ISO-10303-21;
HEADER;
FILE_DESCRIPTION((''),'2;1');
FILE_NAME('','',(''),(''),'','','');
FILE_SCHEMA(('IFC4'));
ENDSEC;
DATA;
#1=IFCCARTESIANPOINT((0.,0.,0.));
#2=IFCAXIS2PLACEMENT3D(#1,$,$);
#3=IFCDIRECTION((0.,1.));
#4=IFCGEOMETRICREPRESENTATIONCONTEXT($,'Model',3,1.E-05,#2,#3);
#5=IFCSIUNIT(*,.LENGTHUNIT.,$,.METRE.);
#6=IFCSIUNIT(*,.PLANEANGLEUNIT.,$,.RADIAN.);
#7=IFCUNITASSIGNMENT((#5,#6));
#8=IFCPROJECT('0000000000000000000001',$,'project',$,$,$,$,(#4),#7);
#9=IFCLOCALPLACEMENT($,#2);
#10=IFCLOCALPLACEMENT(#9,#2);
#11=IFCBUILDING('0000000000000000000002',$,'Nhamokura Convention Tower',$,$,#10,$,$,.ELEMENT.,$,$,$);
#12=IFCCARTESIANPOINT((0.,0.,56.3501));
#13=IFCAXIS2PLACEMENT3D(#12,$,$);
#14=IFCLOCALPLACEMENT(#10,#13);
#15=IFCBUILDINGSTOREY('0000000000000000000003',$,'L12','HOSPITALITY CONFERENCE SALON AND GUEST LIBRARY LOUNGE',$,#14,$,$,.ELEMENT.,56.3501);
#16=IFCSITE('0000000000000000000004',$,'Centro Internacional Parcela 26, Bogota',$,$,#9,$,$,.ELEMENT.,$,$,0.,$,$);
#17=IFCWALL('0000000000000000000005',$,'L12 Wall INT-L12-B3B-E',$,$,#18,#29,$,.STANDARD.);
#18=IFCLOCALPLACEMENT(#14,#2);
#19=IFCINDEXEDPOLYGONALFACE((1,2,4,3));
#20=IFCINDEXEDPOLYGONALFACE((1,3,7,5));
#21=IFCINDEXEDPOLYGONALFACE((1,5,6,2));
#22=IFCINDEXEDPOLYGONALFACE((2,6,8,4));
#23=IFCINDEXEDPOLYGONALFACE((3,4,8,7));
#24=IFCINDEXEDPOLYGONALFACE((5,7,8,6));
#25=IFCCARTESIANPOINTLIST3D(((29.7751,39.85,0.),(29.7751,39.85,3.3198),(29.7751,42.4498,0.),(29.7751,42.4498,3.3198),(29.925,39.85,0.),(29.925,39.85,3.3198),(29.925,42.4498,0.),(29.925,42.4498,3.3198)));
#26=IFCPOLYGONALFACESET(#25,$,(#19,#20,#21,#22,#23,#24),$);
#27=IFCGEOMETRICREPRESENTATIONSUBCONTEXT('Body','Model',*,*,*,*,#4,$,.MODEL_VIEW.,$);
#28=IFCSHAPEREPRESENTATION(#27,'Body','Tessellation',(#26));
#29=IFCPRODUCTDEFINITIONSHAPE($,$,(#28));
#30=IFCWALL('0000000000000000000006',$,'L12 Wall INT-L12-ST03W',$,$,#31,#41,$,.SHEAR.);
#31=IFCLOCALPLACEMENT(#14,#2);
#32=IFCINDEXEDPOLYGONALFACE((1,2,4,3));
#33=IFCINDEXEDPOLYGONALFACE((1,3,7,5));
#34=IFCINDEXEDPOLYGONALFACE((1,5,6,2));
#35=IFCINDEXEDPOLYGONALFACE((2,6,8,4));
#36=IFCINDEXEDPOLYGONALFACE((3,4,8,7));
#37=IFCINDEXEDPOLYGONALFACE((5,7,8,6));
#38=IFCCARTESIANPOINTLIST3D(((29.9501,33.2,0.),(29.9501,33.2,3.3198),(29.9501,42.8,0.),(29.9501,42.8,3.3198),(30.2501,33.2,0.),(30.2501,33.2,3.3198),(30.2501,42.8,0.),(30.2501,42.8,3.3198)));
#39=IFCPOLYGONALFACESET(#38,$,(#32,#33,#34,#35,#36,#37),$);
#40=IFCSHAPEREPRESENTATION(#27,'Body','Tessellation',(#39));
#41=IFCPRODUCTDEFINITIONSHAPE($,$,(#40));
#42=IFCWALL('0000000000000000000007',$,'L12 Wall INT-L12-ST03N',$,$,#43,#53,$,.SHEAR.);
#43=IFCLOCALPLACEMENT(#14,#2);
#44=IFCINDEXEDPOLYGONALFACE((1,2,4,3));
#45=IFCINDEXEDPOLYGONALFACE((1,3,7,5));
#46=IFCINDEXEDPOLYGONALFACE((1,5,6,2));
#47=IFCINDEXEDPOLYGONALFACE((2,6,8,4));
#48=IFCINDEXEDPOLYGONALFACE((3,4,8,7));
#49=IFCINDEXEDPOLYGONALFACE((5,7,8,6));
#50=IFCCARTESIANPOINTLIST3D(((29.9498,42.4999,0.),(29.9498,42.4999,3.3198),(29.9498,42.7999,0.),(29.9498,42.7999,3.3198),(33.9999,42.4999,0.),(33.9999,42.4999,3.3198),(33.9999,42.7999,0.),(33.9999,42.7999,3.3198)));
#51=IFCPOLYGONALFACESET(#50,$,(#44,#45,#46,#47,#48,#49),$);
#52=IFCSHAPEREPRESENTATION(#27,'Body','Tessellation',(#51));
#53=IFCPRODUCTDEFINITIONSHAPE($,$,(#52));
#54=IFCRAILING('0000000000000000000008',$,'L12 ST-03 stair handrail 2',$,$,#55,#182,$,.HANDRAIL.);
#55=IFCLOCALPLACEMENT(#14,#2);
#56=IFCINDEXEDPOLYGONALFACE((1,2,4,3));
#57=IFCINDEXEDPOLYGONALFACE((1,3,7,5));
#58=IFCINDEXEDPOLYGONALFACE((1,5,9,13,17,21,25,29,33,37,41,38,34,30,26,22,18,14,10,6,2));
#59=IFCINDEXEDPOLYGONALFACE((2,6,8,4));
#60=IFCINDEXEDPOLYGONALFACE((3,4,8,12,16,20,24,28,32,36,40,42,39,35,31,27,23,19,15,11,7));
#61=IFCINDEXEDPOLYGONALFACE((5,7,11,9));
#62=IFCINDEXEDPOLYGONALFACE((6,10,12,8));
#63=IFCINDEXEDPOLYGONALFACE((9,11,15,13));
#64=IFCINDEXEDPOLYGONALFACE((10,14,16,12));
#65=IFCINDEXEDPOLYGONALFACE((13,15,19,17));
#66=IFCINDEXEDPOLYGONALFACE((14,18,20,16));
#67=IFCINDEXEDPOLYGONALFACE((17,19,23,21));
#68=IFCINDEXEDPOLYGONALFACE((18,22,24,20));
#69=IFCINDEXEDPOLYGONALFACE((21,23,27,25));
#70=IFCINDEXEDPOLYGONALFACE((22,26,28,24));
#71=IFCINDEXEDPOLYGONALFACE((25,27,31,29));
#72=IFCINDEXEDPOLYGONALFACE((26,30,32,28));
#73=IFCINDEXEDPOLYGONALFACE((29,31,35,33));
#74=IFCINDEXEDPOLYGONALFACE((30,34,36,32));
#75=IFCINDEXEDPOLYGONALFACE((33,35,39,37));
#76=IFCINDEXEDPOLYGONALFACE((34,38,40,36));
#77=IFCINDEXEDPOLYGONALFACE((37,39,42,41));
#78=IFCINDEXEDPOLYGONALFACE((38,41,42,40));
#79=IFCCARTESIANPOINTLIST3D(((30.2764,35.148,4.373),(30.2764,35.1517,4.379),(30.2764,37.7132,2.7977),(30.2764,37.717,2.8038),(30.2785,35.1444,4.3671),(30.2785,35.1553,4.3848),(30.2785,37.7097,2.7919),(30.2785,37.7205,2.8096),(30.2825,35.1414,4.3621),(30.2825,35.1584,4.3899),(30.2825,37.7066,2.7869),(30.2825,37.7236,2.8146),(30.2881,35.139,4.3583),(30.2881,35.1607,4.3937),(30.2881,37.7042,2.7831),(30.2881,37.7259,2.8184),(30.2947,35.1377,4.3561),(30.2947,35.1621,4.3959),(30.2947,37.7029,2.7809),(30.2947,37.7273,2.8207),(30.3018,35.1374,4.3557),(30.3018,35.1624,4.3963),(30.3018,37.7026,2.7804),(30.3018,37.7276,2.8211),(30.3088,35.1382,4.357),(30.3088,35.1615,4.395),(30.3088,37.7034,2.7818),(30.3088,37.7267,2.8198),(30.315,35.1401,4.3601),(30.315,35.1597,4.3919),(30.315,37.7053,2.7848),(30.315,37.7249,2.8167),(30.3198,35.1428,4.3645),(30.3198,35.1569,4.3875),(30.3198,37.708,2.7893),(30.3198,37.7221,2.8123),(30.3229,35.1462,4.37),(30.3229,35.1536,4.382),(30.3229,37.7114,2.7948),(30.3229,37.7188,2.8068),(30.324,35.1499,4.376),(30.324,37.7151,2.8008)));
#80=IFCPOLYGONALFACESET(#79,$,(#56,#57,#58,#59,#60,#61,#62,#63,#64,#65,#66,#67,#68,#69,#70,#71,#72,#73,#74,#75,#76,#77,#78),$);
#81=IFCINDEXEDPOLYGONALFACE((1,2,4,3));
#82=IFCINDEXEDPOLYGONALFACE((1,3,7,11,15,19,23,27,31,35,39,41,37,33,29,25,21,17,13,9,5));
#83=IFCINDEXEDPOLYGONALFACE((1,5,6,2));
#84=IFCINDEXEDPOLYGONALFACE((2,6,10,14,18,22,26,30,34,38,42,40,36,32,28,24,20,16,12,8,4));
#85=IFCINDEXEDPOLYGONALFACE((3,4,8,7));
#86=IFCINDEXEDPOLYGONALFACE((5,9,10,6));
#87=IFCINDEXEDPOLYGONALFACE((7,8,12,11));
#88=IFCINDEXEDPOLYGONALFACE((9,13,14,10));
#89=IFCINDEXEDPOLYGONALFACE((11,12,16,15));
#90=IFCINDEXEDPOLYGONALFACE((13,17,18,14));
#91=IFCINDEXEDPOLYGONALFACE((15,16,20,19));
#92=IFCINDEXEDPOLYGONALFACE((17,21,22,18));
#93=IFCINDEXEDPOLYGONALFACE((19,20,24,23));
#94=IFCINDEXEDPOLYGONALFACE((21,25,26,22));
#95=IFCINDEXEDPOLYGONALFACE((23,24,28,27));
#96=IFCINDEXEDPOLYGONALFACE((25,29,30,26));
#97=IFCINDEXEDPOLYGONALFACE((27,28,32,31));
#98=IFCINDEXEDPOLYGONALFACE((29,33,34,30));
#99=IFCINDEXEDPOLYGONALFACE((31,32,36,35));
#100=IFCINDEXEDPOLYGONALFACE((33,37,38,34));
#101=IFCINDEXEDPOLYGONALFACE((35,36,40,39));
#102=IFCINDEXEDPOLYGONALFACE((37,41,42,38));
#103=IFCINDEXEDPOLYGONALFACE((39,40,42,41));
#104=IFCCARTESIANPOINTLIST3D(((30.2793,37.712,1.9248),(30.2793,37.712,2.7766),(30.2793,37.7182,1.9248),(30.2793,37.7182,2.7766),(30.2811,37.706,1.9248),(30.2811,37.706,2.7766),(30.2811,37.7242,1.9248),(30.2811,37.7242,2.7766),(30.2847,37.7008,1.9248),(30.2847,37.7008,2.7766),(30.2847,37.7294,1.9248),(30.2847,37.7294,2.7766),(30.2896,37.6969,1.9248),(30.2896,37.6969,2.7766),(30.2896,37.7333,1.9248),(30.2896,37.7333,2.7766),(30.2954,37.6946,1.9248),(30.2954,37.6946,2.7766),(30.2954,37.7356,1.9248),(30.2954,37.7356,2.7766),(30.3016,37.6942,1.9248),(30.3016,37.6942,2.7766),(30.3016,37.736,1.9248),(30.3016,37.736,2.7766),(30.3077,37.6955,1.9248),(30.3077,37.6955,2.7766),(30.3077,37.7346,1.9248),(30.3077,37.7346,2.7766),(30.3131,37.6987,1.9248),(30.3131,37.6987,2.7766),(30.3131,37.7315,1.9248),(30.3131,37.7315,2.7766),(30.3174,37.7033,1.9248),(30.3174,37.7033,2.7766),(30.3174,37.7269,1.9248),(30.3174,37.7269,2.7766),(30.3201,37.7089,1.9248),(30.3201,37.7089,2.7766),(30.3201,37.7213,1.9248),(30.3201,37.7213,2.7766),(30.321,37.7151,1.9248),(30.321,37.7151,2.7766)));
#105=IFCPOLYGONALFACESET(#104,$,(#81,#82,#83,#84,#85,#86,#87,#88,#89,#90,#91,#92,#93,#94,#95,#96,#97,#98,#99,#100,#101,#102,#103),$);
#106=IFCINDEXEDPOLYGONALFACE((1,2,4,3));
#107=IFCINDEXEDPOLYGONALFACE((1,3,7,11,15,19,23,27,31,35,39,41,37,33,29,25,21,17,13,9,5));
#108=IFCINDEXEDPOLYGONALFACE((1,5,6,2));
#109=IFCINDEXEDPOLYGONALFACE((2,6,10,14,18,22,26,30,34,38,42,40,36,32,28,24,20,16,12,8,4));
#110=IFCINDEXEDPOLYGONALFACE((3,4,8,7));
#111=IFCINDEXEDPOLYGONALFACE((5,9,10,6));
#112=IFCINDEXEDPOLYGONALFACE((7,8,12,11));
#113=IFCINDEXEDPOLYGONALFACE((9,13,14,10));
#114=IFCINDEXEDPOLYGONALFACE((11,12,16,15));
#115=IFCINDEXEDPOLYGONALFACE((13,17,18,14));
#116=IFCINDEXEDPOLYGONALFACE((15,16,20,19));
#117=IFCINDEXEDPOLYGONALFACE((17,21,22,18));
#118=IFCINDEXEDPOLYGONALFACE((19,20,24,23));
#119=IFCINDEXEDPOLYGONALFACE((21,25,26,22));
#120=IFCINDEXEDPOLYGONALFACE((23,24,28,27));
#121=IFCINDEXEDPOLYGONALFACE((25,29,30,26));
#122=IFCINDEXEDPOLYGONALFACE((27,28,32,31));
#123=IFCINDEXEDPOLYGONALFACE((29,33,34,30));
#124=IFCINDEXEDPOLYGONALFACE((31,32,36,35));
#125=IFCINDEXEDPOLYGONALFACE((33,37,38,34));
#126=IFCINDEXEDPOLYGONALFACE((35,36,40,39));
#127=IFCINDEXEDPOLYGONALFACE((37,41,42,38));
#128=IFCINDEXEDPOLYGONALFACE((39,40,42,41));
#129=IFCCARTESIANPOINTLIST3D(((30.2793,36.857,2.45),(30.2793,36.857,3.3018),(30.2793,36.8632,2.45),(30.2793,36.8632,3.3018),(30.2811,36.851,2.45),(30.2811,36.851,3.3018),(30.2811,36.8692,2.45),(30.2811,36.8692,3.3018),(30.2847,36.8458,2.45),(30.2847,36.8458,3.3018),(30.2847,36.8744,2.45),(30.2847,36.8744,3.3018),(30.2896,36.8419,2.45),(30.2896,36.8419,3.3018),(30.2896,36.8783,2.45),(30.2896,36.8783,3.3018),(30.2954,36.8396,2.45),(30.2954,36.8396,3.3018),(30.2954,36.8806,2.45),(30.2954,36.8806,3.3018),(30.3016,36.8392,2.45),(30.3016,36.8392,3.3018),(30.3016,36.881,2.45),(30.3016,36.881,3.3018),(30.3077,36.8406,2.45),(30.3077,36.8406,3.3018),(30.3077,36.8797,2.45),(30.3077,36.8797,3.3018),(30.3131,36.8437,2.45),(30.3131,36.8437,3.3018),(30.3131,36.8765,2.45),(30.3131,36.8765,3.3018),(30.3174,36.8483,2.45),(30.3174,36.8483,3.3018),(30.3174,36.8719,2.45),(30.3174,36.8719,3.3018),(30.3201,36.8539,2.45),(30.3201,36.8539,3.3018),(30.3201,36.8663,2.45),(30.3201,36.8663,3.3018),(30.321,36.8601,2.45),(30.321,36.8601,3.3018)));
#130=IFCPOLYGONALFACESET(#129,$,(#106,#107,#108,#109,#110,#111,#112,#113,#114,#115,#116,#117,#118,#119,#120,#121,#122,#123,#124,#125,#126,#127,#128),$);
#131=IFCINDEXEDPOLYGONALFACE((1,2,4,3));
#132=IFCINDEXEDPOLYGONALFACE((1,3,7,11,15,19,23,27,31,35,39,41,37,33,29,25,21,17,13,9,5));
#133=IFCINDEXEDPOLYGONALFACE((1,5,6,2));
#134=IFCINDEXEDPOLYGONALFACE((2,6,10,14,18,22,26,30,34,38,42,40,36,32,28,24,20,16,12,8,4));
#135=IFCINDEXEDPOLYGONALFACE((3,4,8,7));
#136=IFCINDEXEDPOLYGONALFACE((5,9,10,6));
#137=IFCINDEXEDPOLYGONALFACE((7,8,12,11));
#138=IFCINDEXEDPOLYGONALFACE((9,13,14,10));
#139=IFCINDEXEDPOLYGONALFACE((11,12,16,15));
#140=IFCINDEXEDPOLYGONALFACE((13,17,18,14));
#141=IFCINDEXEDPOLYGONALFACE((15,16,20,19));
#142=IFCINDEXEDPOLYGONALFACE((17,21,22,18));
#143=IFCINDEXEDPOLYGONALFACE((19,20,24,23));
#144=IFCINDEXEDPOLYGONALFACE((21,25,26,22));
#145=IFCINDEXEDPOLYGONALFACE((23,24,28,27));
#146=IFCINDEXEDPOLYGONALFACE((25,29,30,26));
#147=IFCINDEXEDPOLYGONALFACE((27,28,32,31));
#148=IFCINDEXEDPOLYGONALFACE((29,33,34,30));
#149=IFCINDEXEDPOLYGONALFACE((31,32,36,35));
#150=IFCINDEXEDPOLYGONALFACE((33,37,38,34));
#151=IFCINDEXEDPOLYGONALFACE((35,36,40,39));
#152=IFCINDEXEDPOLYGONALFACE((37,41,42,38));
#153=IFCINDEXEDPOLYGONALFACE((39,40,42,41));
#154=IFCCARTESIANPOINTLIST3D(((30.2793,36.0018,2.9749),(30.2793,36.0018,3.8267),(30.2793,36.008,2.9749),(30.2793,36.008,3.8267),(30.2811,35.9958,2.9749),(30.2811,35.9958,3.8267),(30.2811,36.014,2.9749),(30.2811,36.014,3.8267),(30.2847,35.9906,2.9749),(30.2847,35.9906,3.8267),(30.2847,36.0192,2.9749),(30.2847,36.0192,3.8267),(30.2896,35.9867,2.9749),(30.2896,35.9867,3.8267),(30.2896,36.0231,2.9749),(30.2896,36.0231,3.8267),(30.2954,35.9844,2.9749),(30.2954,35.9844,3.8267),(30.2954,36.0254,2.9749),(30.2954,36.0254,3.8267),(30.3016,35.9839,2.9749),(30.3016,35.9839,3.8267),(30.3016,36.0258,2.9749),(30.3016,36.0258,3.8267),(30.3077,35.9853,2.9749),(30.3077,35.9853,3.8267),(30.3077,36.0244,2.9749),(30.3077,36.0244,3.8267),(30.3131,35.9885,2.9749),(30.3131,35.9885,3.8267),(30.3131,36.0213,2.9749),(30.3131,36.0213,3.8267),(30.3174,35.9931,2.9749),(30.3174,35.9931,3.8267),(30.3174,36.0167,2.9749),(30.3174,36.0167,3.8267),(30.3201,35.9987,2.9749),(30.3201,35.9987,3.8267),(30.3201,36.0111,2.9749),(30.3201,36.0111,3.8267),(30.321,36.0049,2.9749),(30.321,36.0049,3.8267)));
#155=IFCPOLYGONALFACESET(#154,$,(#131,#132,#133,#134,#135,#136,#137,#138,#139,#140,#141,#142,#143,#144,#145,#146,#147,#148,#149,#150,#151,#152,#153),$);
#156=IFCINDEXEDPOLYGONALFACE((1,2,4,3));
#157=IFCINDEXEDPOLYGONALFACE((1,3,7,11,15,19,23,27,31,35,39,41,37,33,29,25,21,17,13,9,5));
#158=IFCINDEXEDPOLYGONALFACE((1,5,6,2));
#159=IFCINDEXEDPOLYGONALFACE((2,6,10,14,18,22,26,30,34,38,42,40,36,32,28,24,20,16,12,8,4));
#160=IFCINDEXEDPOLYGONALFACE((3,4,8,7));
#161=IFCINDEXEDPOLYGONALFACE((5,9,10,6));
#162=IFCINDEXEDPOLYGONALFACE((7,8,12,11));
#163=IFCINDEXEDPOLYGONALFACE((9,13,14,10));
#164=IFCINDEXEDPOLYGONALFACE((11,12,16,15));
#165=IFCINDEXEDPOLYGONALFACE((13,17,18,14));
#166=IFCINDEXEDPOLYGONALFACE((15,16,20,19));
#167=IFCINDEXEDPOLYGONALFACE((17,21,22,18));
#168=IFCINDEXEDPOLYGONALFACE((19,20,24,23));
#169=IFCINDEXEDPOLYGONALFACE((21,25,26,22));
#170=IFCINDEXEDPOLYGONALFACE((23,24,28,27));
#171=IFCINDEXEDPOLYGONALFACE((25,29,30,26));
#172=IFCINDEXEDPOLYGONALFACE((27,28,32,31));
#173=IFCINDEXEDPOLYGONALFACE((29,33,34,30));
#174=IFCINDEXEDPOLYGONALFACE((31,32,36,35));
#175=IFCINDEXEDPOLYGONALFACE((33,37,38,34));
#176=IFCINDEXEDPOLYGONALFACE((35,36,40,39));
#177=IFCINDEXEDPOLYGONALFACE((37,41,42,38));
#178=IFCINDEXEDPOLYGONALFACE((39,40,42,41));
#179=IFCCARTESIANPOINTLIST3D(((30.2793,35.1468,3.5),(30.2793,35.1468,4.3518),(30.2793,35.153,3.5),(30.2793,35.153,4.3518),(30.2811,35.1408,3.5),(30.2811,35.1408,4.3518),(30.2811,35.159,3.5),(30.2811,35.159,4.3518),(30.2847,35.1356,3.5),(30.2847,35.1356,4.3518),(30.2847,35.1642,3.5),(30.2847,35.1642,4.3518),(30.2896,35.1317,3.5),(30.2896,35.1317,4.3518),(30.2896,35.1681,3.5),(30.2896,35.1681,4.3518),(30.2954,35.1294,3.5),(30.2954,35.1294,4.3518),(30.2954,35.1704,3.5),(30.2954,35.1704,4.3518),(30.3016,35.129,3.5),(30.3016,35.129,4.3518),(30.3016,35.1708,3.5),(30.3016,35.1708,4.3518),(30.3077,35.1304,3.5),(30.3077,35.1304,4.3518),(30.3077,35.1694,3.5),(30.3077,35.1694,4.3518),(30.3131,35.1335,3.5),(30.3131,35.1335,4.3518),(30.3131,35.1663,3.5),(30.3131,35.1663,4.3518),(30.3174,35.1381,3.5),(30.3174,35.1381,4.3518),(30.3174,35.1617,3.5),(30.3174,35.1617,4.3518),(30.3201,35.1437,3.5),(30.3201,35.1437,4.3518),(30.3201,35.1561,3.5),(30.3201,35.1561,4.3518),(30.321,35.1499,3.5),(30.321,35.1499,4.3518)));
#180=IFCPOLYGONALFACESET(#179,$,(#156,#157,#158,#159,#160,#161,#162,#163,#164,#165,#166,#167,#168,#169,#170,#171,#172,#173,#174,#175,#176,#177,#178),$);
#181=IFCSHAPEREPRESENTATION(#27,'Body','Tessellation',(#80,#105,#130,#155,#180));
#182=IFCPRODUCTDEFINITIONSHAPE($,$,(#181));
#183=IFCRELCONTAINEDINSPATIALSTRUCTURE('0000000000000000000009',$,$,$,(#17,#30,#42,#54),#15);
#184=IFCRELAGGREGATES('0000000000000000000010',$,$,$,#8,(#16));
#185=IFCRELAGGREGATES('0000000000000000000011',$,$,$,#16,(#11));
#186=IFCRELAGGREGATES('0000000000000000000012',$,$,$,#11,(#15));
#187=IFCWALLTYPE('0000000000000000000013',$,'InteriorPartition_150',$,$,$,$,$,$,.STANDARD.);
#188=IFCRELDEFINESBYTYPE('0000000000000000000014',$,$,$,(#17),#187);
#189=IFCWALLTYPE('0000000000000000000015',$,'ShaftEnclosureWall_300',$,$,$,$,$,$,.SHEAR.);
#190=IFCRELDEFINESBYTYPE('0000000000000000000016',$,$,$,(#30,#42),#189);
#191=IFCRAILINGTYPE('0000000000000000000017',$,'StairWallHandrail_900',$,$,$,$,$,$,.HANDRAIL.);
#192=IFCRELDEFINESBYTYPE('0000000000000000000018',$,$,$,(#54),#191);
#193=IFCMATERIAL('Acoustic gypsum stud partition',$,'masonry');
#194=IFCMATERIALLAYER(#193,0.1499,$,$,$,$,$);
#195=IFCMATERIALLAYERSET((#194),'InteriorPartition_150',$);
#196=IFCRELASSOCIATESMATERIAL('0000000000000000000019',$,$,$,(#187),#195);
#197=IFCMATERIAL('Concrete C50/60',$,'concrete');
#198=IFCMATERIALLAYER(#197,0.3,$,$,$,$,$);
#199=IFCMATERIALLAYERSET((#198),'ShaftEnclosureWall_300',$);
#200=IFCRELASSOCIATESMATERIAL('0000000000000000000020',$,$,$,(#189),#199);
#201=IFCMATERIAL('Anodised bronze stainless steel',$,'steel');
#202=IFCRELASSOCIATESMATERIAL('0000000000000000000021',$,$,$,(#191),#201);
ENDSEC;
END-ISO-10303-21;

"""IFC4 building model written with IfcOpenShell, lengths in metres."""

from ifc_helpers import new_model, si_unit, direction, frame, frame_2d, origin, origin_2d, place, context, subcontext, project, spatial, rectangle, circle, extrude, material, layer, layer_set, type_object, element, save


model = new_model("IFC4")

# Units and contexts
model_context = context("Model", 3, precision=1e-05, world=origin(), true_north=direction((0.0, 1.0)))
body_context = subcontext(model_context, "Body", "Model", "MODEL_VIEW")
ifc_project = project(units=[si_unit("LENGTHUNIT", "METRE"), si_unit("PLANEANGLEUNIT", "RADIAN")], contexts=[model_context])

# Site, building, storey
site_placement = place(None, origin())
site = spatial("IfcSite", under=ifc_project, at=site_placement, Name="Centro Internacional Parcela 26, Bogota", CompositionType="ELEMENT", RefElevation=0.0)
building_placement = place(site_placement, origin())
building = spatial("IfcBuilding", under=site, at=building_placement, Name="Nhamokura Convention Tower", CompositionType="ELEMENT")
storey_placement = place(building_placement, frame((0.0, 0.0, 56.3501)))
storey = spatial("IfcBuildingStorey", under=building, at=storey_placement, Name="L12", Description="HOSPITALITY CONFERENCE SALON AND GUEST LIBRARY LOUNGE", CompositionType="ELEMENT", Elevation=56.3501)

# Walls
ifc_material_1 = material(Name="Acoustic gypsum stud partition", Category="masonry")
ifc_layer_1 = layer(ifc_material_1, 0.1499)
ifc_layer_set_1 = layer_set([ifc_layer_1], Name="InteriorPartition_150")
wall_type_1 = type_object("IfcWallType", Name="InteriorPartition_150", PredefinedType="STANDARD", material=ifc_layer_set_1)
wall_1_placement = place(storey_placement, frame((29.8501, 39.8501, 0.0), z_axis=(0.0, 0.0, 1.0), x_axis=(0.0, 1.0, 0.0)))
element("IfcWall", 1, at=wall_1_placement, inside=storey, type_object=wall_type_1, Name="L12 Wall INT-L12-B3B-E", PredefinedType="STANDARD", context=body_context, shape_type="SweptSolid", body=[
    extrude(rectangle(XDim=2.5999, YDim=0.1499, at=frame_2d((1.2998, 0.0))), origin(), (0.0, 0.0, 1.0), 3.3198),
])
ifc_material_2 = material(Name="Concrete C50/60", Category="concrete")
ifc_layer_2 = layer(ifc_material_2, 0.3)
ifc_layer_set_2 = layer_set([ifc_layer_2], Name="ShaftEnclosureWall_300")
wall_type_2 = type_object("IfcWallType", Name="ShaftEnclosureWall_300", PredefinedType="SHEAR", material=ifc_layer_set_2)
wall_2_placement = place(storey_placement, frame((30.1001, 33.2, 0.0), z_axis=(0.0, 0.0, 1.0), x_axis=(0.0, 1.0, 0.0)))
element("IfcWall", 2, at=wall_2_placement, inside=storey, type_object=wall_type_2, Name="L12 Wall INT-L12-ST03W", PredefinedType="SHEAR", context=body_context, shape_type="SweptSolid", body=[
    extrude(rectangle(XDim=9.6001, YDim=0.3, at=frame_2d((4.8, 0.0))), origin(), (0.0, 0.0, 1.0), 3.3198),
])

# Wall
wall_3_placement = place(storey_placement, frame((29.95, 42.6499, 0.0), z_axis=(0.0, 0.0, 1.0), x_axis=(1.0, 0.0, 0.0)))
element("IfcWall", 3, at=wall_3_placement, inside=storey, type_object=wall_type_2, Name="L12 Wall INT-L12-ST03N", PredefinedType="SHEAR", context=body_context, shape_type="SweptSolid", body=[
    extrude(rectangle(XDim=4.05, YDim=0.3, at=frame_2d((2.0249, 0.0))), origin(), (0.0, 0.0, 1.0), 3.3198),
])

# Railing
ifc_material_3 = material(Name="Anodised bronze stainless steel", Category="steel")
railing_type = type_object("IfcRailingType", Name="StairWallHandrail_900", PredefinedType="HANDRAIL", material=ifc_material_3)
railing_placement = place(storey_placement, frame((30.3, 37.7151, 1.9248)))
element("IfcRailing", 4, at=railing_placement, inside=storey, type_object=railing_type, Name="L12 ST-03 stair handrail 2", PredefinedType="HANDRAIL", context=body_context, shape_type="SweptSolid", body=[
    extrude(circle(Radius=0.0239, at=origin_2d()), frame((0.0, 0.0, 0.876), z_axis=(0.0, -0.852159, 0.523283), x_axis=(1.0, 0.0, 0.0)), (0.0, 0.0, 1.0), 3.0103),
    extrude(circle(Radius=0.021, at=origin_2d()), origin(), (0.0, 0.0, 1.0), 0.8518),
    extrude(circle(Radius=0.021, at=origin_2d()), frame((0.0, -0.855, 0.5251)), (0.0, 0.0, 1.0), 0.8518),
    extrude(circle(Radius=0.021, at=origin_2d()), frame((0.0, -1.7102, 1.05)), (0.0, 0.0, 1.0), 0.8518),
    extrude(circle(Radius=0.021, at=origin_2d()), frame((0.0, -2.5652, 1.5752)), (0.0, 0.0, 1.0), 0.8518),
])

save(model, "model.ifc")
